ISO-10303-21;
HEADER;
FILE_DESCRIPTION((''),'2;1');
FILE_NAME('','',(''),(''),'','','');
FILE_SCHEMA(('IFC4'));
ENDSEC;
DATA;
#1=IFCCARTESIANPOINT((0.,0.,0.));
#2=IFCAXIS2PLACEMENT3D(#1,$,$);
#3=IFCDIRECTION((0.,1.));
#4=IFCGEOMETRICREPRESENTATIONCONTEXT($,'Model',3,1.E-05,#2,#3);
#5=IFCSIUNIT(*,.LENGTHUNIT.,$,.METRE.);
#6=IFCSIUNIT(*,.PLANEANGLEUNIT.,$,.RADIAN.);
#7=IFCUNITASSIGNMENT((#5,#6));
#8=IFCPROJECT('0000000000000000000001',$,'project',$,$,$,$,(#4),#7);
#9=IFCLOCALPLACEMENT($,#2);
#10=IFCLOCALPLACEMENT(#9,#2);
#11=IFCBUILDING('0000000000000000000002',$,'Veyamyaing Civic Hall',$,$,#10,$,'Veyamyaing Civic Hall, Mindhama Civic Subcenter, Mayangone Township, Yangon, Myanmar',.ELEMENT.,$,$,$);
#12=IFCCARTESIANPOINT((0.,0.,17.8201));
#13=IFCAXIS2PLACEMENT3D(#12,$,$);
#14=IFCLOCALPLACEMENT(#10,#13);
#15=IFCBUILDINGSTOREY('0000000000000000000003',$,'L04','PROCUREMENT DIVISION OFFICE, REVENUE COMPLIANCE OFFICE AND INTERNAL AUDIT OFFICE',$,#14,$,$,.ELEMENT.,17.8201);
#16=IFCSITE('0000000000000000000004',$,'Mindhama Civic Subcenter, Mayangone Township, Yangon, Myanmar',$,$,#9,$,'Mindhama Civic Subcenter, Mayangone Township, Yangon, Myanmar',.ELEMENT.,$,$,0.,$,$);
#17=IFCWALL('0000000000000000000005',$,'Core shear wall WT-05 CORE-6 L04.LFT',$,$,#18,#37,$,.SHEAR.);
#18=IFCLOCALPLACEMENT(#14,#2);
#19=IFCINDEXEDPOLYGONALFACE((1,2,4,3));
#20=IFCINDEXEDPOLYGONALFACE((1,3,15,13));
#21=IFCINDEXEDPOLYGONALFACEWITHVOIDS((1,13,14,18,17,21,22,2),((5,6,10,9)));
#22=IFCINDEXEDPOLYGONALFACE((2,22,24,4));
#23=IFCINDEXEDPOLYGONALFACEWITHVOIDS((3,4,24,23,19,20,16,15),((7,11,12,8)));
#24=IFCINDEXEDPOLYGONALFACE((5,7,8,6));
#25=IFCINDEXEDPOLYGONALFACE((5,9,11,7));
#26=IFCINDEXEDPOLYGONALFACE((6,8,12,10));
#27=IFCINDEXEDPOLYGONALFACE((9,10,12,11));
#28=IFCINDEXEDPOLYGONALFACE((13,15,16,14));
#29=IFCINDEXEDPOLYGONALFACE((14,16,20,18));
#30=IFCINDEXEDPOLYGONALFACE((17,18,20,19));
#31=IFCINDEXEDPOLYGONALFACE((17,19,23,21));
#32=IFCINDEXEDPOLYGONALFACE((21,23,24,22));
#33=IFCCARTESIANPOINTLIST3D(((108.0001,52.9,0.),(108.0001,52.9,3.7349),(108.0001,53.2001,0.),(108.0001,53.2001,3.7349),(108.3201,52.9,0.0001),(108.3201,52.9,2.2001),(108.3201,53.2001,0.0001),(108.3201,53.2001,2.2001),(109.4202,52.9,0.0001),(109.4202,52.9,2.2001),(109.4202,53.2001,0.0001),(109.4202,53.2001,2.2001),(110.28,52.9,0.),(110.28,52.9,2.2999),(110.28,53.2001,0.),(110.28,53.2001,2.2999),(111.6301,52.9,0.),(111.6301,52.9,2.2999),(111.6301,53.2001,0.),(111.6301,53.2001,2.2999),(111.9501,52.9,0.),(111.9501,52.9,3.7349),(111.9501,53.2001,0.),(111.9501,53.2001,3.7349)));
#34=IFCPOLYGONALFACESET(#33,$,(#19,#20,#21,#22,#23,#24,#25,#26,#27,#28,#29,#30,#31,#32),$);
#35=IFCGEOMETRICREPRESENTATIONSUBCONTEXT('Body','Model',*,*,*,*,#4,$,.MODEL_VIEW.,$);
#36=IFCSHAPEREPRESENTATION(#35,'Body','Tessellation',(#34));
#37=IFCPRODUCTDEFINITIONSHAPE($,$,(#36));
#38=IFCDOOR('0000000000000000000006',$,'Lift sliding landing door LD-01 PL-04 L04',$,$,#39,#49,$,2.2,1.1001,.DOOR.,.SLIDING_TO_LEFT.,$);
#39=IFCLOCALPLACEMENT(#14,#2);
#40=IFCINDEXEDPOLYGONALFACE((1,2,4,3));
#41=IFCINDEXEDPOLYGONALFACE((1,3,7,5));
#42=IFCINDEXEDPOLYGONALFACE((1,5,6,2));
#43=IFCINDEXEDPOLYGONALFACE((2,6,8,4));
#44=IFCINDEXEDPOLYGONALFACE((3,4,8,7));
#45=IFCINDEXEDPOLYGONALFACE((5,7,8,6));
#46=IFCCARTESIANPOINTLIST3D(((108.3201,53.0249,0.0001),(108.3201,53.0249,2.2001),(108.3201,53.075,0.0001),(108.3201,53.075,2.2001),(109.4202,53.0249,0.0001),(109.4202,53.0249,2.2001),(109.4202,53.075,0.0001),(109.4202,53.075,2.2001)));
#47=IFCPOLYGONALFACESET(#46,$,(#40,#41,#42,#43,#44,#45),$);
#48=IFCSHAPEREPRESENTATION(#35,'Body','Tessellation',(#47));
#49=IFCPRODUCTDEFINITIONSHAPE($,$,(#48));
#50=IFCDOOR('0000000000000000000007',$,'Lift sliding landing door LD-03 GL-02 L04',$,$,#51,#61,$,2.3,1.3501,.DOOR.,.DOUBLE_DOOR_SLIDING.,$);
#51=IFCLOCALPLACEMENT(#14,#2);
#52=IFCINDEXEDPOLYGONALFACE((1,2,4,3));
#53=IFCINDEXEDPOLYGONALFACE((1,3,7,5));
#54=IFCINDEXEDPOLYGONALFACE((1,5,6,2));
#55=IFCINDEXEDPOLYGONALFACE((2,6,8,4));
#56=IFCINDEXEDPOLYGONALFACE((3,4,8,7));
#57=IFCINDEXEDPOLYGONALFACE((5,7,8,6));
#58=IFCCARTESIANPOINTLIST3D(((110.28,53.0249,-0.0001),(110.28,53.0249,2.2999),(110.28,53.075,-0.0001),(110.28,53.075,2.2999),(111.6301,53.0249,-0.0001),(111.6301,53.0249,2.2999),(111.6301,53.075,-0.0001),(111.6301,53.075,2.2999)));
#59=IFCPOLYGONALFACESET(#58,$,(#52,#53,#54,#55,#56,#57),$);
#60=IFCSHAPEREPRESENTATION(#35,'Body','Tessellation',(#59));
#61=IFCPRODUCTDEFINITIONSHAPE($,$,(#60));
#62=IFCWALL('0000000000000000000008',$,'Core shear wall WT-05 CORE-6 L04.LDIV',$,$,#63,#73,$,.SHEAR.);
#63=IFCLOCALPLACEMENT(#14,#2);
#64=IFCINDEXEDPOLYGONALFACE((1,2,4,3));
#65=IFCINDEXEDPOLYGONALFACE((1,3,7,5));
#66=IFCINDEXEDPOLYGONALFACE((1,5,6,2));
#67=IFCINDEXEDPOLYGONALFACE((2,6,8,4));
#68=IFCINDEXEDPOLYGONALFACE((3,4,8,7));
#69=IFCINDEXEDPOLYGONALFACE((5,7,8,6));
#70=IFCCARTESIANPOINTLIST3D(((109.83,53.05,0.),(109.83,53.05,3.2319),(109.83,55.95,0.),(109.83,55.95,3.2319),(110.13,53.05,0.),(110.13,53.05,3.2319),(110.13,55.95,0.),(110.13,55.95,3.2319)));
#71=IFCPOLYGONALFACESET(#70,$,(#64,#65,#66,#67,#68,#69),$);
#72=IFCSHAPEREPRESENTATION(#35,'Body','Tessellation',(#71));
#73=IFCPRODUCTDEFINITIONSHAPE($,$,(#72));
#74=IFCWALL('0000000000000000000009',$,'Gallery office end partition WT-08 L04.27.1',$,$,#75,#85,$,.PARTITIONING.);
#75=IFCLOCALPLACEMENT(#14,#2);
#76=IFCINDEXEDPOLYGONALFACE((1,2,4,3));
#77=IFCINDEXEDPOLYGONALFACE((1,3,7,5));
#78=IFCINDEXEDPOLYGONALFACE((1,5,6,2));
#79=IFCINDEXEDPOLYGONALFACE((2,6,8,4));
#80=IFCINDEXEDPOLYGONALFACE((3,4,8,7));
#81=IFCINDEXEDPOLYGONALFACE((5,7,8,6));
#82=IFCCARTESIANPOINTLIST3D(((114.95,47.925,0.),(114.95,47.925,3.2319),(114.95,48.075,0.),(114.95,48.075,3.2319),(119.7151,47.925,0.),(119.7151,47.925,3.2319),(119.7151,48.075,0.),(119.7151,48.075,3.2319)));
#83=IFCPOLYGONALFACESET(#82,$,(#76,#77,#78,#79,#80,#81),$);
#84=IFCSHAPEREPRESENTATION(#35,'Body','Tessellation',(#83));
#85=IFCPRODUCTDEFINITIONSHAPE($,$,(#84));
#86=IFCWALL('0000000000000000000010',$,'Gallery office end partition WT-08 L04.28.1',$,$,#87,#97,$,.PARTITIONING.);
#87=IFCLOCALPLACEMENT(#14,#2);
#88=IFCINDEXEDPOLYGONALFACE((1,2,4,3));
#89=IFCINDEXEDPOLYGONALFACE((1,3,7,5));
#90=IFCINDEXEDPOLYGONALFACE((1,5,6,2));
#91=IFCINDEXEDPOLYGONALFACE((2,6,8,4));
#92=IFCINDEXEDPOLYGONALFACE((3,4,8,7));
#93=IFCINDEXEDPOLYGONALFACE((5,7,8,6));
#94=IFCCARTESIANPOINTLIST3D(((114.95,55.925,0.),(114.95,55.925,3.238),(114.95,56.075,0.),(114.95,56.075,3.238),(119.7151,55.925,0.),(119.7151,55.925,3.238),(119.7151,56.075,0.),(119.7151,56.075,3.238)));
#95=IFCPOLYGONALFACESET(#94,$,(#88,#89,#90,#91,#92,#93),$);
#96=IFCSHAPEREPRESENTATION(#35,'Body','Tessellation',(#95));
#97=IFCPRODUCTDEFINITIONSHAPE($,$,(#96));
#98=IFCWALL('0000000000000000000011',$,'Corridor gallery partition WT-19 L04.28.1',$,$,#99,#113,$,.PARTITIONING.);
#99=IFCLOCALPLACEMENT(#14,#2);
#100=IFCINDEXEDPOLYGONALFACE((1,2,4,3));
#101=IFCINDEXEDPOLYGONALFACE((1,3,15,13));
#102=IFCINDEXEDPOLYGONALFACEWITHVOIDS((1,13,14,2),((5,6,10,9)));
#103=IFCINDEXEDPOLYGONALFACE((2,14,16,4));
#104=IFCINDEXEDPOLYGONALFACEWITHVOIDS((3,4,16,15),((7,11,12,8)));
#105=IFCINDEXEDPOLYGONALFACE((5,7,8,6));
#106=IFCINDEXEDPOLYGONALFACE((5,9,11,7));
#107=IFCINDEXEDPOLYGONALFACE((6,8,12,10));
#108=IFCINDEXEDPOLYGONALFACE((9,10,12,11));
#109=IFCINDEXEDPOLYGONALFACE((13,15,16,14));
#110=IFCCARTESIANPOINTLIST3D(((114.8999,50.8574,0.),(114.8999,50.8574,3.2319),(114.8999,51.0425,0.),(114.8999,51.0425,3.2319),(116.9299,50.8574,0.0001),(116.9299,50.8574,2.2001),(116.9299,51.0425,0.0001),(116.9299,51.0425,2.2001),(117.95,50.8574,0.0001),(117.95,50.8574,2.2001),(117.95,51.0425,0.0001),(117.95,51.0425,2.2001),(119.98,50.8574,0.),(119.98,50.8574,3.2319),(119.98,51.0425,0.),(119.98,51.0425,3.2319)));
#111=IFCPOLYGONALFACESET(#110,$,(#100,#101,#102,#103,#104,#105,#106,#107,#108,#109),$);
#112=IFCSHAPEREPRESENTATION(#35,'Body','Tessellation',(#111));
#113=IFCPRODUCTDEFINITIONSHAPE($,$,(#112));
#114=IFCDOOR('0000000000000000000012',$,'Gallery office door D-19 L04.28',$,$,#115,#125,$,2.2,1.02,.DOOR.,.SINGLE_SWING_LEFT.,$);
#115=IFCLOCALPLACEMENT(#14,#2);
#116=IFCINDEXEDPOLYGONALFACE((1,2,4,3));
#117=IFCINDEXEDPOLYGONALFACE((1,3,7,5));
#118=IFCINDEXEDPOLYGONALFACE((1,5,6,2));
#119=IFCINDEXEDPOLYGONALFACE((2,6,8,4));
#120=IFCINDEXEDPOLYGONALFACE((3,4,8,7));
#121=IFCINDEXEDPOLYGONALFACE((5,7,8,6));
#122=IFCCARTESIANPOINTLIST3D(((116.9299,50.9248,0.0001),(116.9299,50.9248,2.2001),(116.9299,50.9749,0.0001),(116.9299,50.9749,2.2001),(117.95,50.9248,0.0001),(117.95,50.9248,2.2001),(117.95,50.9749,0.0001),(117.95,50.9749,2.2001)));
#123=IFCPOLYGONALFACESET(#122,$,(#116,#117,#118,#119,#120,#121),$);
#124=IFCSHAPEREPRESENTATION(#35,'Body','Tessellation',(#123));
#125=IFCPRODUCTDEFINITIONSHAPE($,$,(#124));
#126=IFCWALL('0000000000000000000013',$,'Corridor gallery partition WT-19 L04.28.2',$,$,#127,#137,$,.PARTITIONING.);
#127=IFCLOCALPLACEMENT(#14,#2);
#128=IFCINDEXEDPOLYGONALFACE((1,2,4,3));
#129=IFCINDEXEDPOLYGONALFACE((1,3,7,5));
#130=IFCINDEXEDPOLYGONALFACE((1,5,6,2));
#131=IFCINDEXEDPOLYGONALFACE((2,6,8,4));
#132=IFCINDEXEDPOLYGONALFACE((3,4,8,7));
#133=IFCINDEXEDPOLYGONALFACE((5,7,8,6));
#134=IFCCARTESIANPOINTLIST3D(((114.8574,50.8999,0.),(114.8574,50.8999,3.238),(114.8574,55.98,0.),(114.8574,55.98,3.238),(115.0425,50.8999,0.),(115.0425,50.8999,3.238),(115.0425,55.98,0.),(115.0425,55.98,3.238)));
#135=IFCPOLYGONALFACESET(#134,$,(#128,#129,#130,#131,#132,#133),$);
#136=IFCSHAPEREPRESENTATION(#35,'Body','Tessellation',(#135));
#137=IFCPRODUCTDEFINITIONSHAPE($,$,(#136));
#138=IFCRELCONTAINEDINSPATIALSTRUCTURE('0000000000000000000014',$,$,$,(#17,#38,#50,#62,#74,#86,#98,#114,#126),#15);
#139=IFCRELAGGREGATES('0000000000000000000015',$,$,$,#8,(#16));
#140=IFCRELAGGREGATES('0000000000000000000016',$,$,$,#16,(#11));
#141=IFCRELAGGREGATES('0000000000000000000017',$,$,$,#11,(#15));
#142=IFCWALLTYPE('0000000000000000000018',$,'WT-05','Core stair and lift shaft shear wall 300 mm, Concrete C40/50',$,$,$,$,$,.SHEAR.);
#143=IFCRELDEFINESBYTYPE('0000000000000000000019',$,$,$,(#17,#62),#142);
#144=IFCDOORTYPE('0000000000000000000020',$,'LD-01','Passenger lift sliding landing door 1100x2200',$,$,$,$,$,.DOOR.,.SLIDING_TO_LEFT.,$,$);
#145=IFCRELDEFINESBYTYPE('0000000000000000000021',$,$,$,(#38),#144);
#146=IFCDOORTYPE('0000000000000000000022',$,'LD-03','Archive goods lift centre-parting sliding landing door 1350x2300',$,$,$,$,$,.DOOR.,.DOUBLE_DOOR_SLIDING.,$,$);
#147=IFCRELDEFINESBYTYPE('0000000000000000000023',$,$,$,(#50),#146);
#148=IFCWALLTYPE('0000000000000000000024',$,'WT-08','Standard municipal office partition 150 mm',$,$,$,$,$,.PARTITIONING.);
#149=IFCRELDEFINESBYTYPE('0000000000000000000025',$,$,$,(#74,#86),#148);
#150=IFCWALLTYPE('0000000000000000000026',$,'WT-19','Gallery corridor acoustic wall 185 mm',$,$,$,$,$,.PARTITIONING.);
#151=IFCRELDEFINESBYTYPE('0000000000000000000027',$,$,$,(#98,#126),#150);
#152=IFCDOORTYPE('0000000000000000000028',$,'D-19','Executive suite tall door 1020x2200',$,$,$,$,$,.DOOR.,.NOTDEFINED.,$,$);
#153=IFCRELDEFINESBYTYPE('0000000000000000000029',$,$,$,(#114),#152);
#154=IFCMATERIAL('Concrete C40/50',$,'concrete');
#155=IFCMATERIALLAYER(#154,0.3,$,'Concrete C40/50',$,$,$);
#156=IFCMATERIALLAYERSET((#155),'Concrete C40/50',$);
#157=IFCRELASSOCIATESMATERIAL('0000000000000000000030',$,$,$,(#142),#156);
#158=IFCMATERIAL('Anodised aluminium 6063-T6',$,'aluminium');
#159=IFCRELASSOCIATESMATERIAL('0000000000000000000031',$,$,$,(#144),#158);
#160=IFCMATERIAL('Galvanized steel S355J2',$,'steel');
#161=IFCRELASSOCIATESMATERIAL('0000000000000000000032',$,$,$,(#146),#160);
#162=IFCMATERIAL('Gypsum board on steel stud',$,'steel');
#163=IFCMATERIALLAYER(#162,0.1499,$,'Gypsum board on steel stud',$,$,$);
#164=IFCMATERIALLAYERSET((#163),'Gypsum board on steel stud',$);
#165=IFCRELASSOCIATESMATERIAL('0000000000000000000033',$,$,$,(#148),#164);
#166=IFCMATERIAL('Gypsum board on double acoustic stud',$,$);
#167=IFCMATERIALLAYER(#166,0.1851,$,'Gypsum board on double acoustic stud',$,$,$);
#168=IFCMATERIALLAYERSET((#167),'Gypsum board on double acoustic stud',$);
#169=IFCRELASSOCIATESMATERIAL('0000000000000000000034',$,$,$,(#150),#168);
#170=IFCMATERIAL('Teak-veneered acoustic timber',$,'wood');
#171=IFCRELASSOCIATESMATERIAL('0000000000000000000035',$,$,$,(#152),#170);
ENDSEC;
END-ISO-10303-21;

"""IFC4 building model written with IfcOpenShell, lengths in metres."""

from ifc_helpers import new_model, si_unit, direction, frame, frame_2d, origin, place, context, subcontext, project, spatial, rectangle, extrude, material, layer, layer_set, type_object, element, fill, save


model = new_model("IFC4")

# Units and contexts
model_context = context("Model", 3, precision=1e-05, world=origin(), true_north=direction((0.0, 1.0)))
body_context = subcontext(model_context, "Body", "Model", "MODEL_VIEW")
ifc_project = project(units=[si_unit("LENGTHUNIT", "METRE"), si_unit("PLANEANGLEUNIT", "RADIAN")], contexts=[model_context])

# Site, building, storey
site_placement = place(None, origin())
site = spatial("IfcSite", under=ifc_project, at=site_placement, Name="Mindhama Civic Subcenter, Mayangone Township, Yangon, Myanmar", LongName="Mindhama Civic Subcenter, Mayangone Township, Yangon, Myanmar", CompositionType="ELEMENT", RefElevation=0.0)
building_placement = place(site_placement, origin())
building = spatial("IfcBuilding", under=site, at=building_placement, Name="Veyamyaing Civic Hall", LongName="Veyamyaing Civic Hall, Mindhama Civic Subcenter, Mayangone Township, Yangon, Myanmar", CompositionType="ELEMENT")
storey_placement = place(building_placement, frame((0.0, 0.0, 17.8201)))
storey = spatial("IfcBuildingStorey", under=building, at=storey_placement, Name="L04", Description="PROCUREMENT DIVISION OFFICE, REVENUE COMPLIANCE OFFICE AND INTERNAL AUDIT OFFICE", CompositionType="ELEMENT", Elevation=17.8201)

# Shared definitions
ifc_material_1 = material(Name="Concrete C40/50", Category="concrete")

# Shared definitions
ifc_material_2 = material(Name="Anodised aluminium 6063-T6", Category="aluminium")

# Shared definitions
ifc_layer_1 = layer(ifc_material_1, 0.3, Name="Concrete C40/50")
ifc_layer_set_1 = layer_set([ifc_layer_1], Name="Concrete C40/50")
wall_type_1 = type_object("IfcWallType", Name="WT-05", Description="Core stair and lift shaft shear wall 300 mm, Concrete C40/50", PredefinedType="SHEAR", material=ifc_layer_set_1)

# Shared definitions
ifc_material_3 = material(Name="Galvanized steel S355J2", Category="steel")

# Wall, openings, doors
wall_1_placement = place(storey_placement, frame((108.0, 53.05, 0.0), z_axis=(0.0, 0.0, 1.0), x_axis=(1.0, 0.0, 0.0)))
wall_1 = element("IfcWall", 1, at=wall_1_placement, inside=storey, type_object=wall_type_1, Name="Core shear wall WT-05 CORE-6 L04.LFT", PredefinedType="SHEAR", context=body_context, shape_type="SweptSolid", body=[
    extrude(rectangle(XDim=3.95, YDim=0.3, at=frame_2d((1.9751, 0.0))), origin(), (0.0, 0.0, 1.0), 3.7349),
])
opening_1_placement = place(wall_1_placement, frame((0.3201, 0.0, 0.0)))
opening_1 = element("IfcOpeningElement", 2, at=opening_1_placement, cuts=wall_1, PredefinedType="OPENING", context=body_context, shape_type="SweptSolid", body=[
    extrude(rectangle(XDim=1.1001, YDim=2.2, at=frame_2d((0.55, 1.1001))), frame((0.0, 0.1599, 0.0), z_axis=(0.0, -1.0, 0.0), x_axis=(1.0, 0.0, 0.0)), (0.0, 0.0, 1.0), 0.3201),
])
opening_2_placement = place(wall_1_placement, frame((2.28, 0.0, 0.0)))
opening_2 = element("IfcOpeningElement", 3, at=opening_2_placement, cuts=wall_1, PredefinedType="OPENING", context=body_context, shape_type="SweptSolid", body=[
    extrude(rectangle(XDim=1.3501, YDim=2.3, at=frame_2d((0.675, 1.1499))), frame((0.0, 0.1599, 0.0), z_axis=(0.0, -1.0, 0.0), x_axis=(1.0, 0.0, 0.0)), (0.0, 0.0, 1.0), 0.3201),
])
door_type_1 = type_object("IfcDoorType", Name="LD-01", Description="Passenger lift sliding landing door 1100x2200", OperationType="SLIDING_TO_LEFT", PredefinedType="DOOR", material=ifc_material_2)
door_1_placement = place(opening_1_placement, origin())
door_1 = element("IfcDoor", 4, at=door_1_placement, inside=storey, type_object=door_type_1, Name="Lift sliding landing door LD-01 PL-04 L04", OperationType="SLIDING_TO_LEFT", OverallHeight=2.2, OverallWidth=1.1001, PredefinedType="DOOR", context=body_context, shape_type="SweptSolid", body=[
    extrude(rectangle(XDim=1.1001, YDim=2.2, at=frame_2d((0.55, 1.1001))), frame((0.0, 0.0249, 0.0), z_axis=(0.0, -1.0, 0.0), x_axis=(1.0, 0.0, 0.0)), (0.0, 0.0, 1.0), 0.05),
])
fill(opening_1, door_1)
door_type_2 = type_object("IfcDoorType", Name="LD-03", Description="Archive goods lift centre-parting sliding landing door 1350x2300", OperationType="DOUBLE_DOOR_SLIDING", PredefinedType="DOOR", material=ifc_material_3)
door_2_placement = place(opening_2_placement, origin())
door_2 = element("IfcDoor", 5, at=door_2_placement, inside=storey, type_object=door_type_2, Name="Lift sliding landing door LD-03 GL-02 L04", OperationType="DOUBLE_DOOR_SLIDING", OverallHeight=2.3, OverallWidth=1.3501, PredefinedType="DOOR", context=body_context, shape_type="SweptSolid", body=[
    extrude(rectangle(XDim=1.3501, YDim=2.3, at=frame_2d((0.675, 1.1499))), frame((0.0, 0.0249, 0.0), z_axis=(0.0, -1.0, 0.0), x_axis=(1.0, 0.0, 0.0)), (0.0, 0.0, 1.0), 0.05),
])
fill(opening_2, door_2)

# Wall
wall_2_placement = place(storey_placement, frame((109.98, 53.05, 0.0), z_axis=(0.0, 0.0, 1.0), x_axis=(0.0, 1.0, 0.0)))
element("IfcWall", 6, at=wall_2_placement, inside=storey, type_object=wall_type_1, Name="Core shear wall WT-05 CORE-6 L04.LDIV", PredefinedType="SHEAR", context=body_context, shape_type="SweptSolid", body=[
    extrude(rectangle(XDim=2.8999, YDim=0.3, at=frame_2d((1.45, 0.0))), origin(), (0.0, 0.0, 1.0), 3.2319),
])

# Walls
ifc_material_4 = material(Name="Gypsum board on steel stud", Category="steel")
ifc_layer_2 = layer(ifc_material_4, 0.1499, Name="Gypsum board on steel stud")
ifc_layer_set_2 = layer_set([ifc_layer_2], Name="Gypsum board on steel stud")
wall_type_2 = type_object("IfcWallType", Name="WT-08", Description="Standard municipal office partition 150 mm", PredefinedType="PARTITIONING", material=ifc_layer_set_2)
wall_3_placement = place(storey_placement, frame((114.95, 48.0, 0.0), z_axis=(0.0, 0.0, 1.0), x_axis=(1.0, 0.0, 0.0)))
element("IfcWall", 7, at=wall_3_placement, inside=storey, type_object=wall_type_2, Name="Gallery office end partition WT-08 L04.27.1", PredefinedType="PARTITIONING", context=body_context, shape_type="SweptSolid", body=[
    extrude(rectangle(XDim=4.7651, YDim=0.1499, at=frame_2d((2.3826, 0.0))), origin(), (0.0, 0.0, 1.0), 3.2319),
])
wall_4_placement = place(storey_placement, frame((114.95, 56.0, 0.0), z_axis=(0.0, 0.0, 1.0), x_axis=(1.0, 0.0, 0.0)))
element("IfcWall", 8, at=wall_4_placement, inside=storey, type_object=wall_type_2, Name="Gallery office end partition WT-08 L04.28.1", PredefinedType="PARTITIONING", context=body_context, shape_type="SweptSolid", body=[
    extrude(rectangle(XDim=4.7651, YDim=0.1499, at=frame_2d((2.3826, 0.0))), origin(), (0.0, 0.0, 1.0), 3.238),
])

# Wall, opening, door
ifc_material_5 = material(Name="Gypsum board on double acoustic stud")
ifc_layer_3 = layer(ifc_material_5, 0.1851, Name="Gypsum board on double acoustic stud")
ifc_layer_set_3 = layer_set([ifc_layer_3], Name="Gypsum board on double acoustic stud")
wall_type_3 = type_object("IfcWallType", Name="WT-19", Description="Gallery corridor acoustic wall 185 mm", PredefinedType="PARTITIONING", material=ifc_layer_set_3)
wall_5_placement = place(storey_placement, frame((114.8999, 50.95, 0.0), z_axis=(0.0, 0.0, 1.0), x_axis=(1.0, 0.0, 0.0)))
wall_5 = element("IfcWall", 9, at=wall_5_placement, inside=storey, type_object=wall_type_3, Name="Corridor gallery partition WT-19 L04.28.1", PredefinedType="PARTITIONING", context=body_context, shape_type="SweptSolid", body=[
    extrude(rectangle(XDim=5.0801, YDim=0.1851, at=frame_2d((2.54, 0.0))), origin(), (0.0, 0.0, 1.0), 3.2319),
])
opening_3_placement = place(wall_5_placement, frame((2.03, 0.0, 0.0)))
opening_3 = element("IfcOpeningElement", 10, at=opening_3_placement, cuts=wall_5, PredefinedType="OPENING", context=body_context, shape_type="SweptSolid", body=[
    extrude(rectangle(XDim=1.02, YDim=2.2, at=frame_2d((0.51, 1.1001))), frame((0.0, 0.1025, 0.0), z_axis=(0.0, -1.0, 0.0), x_axis=(1.0, 0.0, 0.0)), (0.0, 0.0, 1.0), 0.2051),
])
ifc_material_6 = material(Name="Teak-veneered acoustic timber", Category="wood")
door_type_3 = type_object("IfcDoorType", Name="D-19", Description="Executive suite tall door 1020x2200", OperationType="NOTDEFINED", PredefinedType="DOOR", material=ifc_material_6)
door_3_placement = place(opening_3_placement, origin())
door_3 = element("IfcDoor", 11, at=door_3_placement, inside=storey, type_object=door_type_3, Name="Gallery office door D-19 L04.28", OperationType="SINGLE_SWING_LEFT", OverallHeight=2.2, OverallWidth=1.02, PredefinedType="DOOR", context=body_context, shape_type="SweptSolid", body=[
    extrude(rectangle(XDim=1.02, YDim=2.2, at=frame_2d((0.51, 1.1001))), frame((0.0, 0.0249, 0.0), z_axis=(0.0, -1.0, 0.0), x_axis=(1.0, 0.0, 0.0)), (0.0, 0.0, 1.0), 0.05),
])
fill(opening_3, door_3)

# Wall
wall_6_placement = place(storey_placement, frame((114.95, 50.8999, 0.0), z_axis=(0.0, 0.0, 1.0), x_axis=(0.0, 1.0, 0.0)))
element("IfcWall", 12, at=wall_6_placement, inside=storey, type_object=wall_type_3, Name="Corridor gallery partition WT-19 L04.28.2", PredefinedType="PARTITIONING", context=body_context, shape_type="SweptSolid", body=[
    extrude(rectangle(XDim=5.0801, YDim=0.1851, at=frame_2d((2.54, 0.0))), origin(), (0.0, 0.0, 1.0), 3.238),
])

save(model, "model.ifc")
